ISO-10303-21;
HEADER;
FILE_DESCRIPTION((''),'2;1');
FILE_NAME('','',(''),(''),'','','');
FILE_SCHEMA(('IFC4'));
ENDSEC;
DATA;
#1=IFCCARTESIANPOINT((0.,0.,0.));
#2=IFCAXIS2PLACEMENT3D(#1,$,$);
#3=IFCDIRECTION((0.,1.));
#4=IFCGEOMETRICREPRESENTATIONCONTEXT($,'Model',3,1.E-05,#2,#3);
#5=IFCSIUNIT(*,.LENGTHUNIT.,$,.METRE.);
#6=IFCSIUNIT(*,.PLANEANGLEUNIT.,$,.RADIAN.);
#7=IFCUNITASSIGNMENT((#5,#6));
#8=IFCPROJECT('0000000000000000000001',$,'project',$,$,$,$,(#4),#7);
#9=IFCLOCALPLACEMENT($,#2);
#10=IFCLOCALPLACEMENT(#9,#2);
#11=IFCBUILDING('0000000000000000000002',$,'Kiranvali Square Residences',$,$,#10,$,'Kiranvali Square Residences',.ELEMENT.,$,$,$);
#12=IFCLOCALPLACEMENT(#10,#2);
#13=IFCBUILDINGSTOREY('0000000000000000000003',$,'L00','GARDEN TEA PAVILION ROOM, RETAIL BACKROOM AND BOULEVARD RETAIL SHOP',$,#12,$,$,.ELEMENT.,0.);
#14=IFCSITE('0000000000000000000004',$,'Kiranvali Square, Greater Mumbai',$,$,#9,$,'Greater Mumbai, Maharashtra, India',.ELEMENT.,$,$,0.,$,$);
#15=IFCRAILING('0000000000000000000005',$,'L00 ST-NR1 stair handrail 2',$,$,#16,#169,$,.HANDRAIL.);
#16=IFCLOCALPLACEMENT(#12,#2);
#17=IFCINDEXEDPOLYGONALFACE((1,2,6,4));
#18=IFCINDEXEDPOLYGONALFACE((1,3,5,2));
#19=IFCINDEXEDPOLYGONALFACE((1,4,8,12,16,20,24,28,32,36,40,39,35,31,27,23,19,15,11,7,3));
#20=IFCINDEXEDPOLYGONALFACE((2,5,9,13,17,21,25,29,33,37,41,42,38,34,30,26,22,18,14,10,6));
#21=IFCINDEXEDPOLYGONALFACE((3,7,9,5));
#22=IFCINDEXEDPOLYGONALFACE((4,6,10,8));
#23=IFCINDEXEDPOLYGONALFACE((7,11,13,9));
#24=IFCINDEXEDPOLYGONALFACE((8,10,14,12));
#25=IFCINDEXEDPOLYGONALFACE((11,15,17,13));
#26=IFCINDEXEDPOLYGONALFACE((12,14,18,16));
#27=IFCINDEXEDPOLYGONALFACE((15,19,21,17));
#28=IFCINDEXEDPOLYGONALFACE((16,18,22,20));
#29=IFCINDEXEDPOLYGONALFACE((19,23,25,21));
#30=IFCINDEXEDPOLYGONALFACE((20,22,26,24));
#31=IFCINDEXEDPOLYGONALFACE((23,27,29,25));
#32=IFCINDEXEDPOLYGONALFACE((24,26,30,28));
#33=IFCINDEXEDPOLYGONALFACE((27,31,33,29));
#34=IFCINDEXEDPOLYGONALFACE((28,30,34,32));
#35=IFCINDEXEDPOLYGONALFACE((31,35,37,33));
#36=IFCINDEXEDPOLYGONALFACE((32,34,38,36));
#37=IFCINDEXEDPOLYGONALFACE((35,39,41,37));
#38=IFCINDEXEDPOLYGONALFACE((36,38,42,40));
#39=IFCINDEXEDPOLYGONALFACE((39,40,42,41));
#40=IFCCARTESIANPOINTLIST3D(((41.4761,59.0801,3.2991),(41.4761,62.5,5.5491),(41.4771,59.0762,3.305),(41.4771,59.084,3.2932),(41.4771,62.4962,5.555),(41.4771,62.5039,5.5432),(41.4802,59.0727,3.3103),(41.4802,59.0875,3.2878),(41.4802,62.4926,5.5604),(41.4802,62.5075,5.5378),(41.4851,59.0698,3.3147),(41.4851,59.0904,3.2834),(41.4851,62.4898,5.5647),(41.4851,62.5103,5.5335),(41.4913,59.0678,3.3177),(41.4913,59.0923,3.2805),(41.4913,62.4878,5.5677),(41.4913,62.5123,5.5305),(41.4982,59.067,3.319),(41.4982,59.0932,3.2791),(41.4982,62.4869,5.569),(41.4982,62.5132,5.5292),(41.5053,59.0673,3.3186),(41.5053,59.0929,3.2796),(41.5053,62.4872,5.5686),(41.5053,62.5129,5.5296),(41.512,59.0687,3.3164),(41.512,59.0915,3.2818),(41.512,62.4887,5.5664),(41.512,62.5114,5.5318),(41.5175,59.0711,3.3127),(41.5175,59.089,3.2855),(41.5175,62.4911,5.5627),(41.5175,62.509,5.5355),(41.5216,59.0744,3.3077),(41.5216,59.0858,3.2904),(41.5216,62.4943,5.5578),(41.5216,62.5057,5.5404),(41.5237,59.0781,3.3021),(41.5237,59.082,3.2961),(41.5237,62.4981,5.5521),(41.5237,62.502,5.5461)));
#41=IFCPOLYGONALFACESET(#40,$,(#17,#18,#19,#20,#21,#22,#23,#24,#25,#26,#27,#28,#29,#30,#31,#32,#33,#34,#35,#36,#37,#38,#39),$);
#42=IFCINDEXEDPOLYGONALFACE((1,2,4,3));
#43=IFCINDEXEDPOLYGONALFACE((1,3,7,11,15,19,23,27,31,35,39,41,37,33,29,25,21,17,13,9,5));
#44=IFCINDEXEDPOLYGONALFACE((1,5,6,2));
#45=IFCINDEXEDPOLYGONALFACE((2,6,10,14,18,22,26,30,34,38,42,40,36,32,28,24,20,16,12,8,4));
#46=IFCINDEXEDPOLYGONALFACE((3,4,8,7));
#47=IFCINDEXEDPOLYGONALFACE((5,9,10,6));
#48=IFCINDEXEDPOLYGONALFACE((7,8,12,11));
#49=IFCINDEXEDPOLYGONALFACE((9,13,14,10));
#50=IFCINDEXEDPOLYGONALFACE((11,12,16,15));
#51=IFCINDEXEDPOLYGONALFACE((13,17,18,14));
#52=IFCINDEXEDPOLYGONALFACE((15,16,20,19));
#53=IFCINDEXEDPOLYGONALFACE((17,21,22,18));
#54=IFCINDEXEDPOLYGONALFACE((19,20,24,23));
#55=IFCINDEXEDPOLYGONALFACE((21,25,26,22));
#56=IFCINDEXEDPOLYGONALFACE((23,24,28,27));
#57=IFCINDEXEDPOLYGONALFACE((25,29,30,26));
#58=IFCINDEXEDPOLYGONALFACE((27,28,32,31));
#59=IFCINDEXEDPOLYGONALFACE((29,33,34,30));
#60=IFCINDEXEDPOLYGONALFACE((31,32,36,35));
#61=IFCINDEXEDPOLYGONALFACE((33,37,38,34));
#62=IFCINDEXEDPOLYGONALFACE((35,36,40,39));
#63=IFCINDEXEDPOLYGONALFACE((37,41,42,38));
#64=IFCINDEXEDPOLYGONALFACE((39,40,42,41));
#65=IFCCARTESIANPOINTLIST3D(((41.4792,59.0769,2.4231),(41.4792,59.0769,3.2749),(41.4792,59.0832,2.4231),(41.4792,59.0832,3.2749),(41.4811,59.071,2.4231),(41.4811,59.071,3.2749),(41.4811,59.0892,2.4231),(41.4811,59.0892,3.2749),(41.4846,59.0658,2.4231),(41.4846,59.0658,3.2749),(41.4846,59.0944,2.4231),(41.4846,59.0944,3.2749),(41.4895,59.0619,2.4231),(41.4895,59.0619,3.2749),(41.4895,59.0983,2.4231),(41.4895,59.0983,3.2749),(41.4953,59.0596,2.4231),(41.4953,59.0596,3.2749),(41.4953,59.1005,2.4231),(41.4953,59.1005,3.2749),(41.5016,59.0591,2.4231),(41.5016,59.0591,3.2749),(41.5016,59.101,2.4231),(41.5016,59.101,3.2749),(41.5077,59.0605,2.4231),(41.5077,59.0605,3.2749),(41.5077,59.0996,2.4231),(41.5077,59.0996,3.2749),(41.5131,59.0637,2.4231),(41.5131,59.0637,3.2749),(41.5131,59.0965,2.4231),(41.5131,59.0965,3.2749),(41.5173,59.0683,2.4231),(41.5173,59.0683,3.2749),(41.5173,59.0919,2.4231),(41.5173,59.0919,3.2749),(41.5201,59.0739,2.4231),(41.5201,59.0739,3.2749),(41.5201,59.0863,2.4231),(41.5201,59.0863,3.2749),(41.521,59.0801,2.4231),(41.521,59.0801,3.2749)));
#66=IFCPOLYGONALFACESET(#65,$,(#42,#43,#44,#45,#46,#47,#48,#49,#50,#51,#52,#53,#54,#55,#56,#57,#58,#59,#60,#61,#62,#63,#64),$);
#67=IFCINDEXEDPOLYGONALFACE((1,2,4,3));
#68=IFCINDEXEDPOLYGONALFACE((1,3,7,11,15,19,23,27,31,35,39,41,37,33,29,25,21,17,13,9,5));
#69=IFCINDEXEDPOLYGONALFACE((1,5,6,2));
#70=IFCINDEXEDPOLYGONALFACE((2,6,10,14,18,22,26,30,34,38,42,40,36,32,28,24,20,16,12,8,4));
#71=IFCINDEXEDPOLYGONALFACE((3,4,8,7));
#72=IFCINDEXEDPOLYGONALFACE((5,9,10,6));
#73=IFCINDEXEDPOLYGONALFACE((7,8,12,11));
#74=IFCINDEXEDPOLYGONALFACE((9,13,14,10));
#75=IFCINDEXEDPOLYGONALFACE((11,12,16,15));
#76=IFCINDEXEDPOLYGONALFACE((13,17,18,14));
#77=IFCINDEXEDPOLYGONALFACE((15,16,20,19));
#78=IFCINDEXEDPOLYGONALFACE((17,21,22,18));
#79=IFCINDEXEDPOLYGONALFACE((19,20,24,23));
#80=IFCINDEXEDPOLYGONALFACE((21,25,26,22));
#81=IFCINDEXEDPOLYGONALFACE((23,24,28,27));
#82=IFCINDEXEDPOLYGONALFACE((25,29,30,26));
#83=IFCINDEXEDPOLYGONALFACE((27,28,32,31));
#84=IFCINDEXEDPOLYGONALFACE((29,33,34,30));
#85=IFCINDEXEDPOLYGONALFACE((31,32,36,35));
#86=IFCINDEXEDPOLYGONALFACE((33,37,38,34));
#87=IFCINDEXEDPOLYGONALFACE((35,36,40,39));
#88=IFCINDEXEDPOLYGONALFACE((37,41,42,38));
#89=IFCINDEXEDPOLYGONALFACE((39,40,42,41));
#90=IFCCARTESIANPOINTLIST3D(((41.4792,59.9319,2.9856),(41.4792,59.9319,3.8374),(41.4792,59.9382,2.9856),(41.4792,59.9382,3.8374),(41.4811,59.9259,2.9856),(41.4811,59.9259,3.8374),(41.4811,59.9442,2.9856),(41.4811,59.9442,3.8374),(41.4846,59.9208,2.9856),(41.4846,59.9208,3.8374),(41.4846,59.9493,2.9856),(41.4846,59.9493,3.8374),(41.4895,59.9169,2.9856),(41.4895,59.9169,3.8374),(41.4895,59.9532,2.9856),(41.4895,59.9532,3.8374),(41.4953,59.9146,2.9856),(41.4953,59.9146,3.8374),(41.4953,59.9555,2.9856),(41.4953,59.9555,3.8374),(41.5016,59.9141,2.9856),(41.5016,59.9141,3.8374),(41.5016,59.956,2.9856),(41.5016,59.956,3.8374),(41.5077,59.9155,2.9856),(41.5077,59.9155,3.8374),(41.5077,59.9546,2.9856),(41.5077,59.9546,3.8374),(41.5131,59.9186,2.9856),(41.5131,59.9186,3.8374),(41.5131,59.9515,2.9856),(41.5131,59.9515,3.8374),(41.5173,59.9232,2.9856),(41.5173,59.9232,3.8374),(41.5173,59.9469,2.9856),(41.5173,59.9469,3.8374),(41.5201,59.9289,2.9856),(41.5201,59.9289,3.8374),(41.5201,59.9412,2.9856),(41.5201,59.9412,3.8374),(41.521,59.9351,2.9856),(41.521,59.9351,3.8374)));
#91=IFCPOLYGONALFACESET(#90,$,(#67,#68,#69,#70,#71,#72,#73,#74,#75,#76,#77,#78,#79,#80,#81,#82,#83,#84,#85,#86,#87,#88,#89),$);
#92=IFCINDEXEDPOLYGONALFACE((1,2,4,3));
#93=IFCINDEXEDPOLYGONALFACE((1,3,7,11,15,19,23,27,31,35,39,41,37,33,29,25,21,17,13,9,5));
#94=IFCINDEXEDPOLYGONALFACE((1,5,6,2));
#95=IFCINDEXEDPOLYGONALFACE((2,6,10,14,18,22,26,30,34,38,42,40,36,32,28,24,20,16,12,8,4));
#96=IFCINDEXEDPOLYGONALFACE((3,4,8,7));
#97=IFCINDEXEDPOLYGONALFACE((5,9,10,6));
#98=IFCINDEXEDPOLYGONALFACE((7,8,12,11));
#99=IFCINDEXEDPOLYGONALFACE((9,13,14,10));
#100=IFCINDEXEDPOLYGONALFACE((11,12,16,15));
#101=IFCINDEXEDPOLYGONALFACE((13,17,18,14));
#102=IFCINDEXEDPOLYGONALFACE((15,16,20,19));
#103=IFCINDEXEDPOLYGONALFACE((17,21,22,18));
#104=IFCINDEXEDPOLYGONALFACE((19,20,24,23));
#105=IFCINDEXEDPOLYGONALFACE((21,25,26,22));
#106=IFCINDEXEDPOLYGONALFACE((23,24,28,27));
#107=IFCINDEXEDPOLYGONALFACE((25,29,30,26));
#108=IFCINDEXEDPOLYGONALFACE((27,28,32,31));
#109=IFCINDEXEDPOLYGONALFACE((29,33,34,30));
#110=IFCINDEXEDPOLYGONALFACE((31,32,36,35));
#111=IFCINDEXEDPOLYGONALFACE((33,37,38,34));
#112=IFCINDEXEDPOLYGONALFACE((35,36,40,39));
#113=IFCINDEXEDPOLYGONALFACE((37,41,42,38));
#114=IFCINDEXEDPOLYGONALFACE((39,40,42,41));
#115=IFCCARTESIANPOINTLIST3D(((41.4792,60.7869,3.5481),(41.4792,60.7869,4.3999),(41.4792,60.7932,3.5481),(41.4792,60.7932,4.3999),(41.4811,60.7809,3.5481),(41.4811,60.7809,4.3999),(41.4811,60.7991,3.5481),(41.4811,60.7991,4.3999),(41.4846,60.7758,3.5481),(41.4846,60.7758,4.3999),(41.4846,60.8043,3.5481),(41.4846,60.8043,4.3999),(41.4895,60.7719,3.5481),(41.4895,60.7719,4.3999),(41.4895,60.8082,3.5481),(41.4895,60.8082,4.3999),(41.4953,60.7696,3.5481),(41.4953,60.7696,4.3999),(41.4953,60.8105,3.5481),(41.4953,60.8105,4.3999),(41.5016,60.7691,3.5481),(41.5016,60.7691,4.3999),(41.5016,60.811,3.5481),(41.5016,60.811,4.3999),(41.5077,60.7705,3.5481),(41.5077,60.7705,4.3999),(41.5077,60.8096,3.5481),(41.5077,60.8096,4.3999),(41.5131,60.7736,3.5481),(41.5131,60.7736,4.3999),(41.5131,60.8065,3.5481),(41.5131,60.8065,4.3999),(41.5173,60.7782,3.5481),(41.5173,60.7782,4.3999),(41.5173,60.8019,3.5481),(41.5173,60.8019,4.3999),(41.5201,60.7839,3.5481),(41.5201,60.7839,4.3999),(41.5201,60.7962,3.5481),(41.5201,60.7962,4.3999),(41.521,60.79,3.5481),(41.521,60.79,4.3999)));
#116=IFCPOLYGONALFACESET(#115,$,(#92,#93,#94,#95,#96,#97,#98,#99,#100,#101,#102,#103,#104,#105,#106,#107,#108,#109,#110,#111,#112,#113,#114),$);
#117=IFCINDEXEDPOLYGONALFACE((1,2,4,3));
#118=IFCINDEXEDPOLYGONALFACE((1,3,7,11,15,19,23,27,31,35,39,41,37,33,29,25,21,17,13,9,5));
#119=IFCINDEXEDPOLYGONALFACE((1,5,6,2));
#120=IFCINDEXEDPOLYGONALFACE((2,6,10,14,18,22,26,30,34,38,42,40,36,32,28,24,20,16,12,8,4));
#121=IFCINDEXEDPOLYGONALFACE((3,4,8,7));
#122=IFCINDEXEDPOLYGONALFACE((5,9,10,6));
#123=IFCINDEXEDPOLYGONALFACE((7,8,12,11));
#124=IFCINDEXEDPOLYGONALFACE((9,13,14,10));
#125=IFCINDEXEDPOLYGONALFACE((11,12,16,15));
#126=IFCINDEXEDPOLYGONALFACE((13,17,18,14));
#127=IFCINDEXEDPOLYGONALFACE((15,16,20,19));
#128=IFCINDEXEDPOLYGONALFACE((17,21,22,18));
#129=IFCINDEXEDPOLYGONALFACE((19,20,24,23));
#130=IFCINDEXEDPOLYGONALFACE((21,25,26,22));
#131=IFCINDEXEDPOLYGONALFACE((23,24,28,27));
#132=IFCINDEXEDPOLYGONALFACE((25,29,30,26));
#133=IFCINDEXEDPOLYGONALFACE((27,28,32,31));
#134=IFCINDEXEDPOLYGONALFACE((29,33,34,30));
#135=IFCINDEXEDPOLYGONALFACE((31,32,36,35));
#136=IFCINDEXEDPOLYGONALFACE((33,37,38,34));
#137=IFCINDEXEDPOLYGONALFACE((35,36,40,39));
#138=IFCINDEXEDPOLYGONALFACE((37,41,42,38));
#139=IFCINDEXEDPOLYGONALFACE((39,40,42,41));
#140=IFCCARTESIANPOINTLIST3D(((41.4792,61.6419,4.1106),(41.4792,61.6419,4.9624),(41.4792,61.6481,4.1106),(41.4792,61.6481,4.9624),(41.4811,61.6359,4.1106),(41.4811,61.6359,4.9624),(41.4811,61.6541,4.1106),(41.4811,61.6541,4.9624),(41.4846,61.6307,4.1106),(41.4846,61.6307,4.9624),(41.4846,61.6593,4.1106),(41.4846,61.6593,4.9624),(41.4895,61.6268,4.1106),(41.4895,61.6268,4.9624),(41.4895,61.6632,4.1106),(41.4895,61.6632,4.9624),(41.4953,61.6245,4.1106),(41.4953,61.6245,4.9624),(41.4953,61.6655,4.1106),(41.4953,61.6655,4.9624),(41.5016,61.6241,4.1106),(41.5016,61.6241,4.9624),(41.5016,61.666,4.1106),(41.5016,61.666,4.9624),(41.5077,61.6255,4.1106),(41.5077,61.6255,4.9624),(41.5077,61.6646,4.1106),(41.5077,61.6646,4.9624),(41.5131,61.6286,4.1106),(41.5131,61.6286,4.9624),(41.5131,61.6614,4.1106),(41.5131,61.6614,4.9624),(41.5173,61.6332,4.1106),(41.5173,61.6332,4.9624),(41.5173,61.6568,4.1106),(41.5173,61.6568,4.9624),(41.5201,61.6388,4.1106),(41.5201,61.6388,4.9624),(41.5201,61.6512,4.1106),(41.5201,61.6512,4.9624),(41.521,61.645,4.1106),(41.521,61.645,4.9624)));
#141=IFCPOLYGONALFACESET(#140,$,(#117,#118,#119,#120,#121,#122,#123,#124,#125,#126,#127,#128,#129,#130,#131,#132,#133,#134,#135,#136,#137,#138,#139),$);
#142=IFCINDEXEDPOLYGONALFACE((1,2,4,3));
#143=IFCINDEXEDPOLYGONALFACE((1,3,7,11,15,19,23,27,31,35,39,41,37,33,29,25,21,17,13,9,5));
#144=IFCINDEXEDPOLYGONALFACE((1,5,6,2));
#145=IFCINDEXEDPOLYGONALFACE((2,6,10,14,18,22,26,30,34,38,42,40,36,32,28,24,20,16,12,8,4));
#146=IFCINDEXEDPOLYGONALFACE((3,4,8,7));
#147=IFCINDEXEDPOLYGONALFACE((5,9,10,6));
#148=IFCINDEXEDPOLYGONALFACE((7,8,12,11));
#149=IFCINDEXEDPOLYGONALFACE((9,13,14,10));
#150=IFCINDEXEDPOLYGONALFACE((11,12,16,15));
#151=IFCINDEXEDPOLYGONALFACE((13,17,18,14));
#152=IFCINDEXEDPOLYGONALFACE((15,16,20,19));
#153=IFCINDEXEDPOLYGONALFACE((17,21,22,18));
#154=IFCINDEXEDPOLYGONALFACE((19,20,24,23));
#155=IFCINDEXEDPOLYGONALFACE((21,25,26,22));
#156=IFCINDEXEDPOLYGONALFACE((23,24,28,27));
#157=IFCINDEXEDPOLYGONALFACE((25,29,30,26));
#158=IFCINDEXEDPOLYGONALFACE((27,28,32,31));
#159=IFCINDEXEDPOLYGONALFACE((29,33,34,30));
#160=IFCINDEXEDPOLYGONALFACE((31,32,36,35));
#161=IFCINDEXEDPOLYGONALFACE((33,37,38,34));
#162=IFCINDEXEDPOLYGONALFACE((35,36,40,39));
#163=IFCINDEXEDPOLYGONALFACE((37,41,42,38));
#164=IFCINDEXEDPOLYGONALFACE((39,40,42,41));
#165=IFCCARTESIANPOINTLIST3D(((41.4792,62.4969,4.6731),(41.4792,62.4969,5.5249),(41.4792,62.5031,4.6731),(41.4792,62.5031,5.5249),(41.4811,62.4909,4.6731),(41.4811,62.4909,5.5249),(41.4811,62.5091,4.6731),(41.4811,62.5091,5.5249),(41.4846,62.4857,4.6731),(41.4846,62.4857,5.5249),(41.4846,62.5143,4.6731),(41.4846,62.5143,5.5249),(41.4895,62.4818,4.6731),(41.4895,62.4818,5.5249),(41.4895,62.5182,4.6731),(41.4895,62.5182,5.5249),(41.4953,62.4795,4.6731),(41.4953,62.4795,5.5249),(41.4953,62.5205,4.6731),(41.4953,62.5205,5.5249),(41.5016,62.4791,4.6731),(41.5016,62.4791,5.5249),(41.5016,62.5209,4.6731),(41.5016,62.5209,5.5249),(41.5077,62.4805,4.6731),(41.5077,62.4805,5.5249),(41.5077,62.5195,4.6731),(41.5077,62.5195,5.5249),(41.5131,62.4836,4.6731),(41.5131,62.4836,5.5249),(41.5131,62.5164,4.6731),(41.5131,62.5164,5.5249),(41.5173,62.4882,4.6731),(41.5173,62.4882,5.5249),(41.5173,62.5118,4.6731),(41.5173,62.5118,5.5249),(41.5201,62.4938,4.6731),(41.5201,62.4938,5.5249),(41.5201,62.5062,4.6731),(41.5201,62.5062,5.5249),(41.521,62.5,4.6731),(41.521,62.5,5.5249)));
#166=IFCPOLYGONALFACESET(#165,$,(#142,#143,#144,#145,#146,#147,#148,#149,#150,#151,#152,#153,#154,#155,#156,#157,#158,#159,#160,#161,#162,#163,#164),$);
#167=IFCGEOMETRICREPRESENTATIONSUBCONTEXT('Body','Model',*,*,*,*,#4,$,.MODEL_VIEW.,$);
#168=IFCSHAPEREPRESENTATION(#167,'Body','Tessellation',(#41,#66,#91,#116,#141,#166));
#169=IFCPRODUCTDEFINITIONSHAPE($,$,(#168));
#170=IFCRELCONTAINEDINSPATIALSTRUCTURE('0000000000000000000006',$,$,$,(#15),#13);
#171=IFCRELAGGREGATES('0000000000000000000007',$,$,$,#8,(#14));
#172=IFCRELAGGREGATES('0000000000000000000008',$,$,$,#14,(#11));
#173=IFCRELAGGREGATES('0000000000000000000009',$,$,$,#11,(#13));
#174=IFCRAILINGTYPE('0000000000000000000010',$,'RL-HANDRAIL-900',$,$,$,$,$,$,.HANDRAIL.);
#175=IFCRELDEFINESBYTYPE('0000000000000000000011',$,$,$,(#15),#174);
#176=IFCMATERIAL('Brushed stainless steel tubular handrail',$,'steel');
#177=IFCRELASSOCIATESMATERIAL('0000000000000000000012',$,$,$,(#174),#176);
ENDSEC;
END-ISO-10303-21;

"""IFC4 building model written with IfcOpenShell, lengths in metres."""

from ifc_helpers import new_model, si_unit, direction, frame, origin, origin_2d, place, context, subcontext, project, spatial, circle, extrude, material, type_object, element, save


model = new_model("IFC4")

# Units and contexts
model_context = context("Model", 3, precision=1e-05, world=origin(), true_north=direction((0.0, 1.0)))
body_context = subcontext(model_context, "Body", "Model", "MODEL_VIEW")
ifc_project = project(units=[si_unit("LENGTHUNIT", "METRE"), si_unit("PLANEANGLEUNIT", "RADIAN")], contexts=[model_context])

# Site, building, storey
site_placement = place(None, origin())
site = spatial("IfcSite", under=ifc_project, at=site_placement, Name="Kiranvali Square, Greater Mumbai", LongName="Greater Mumbai, Maharashtra, India", CompositionType="ELEMENT", RefElevation=0.0)
building_placement = place(site_placement, origin())
building = spatial("IfcBuilding", under=site, at=building_placement, Name="Kiranvali Square Residences", LongName="Kiranvali Square Residences", CompositionType="ELEMENT")
storey_placement = place(building_placement, origin())
storey = spatial("IfcBuildingStorey", under=building, at=storey_placement, Name="L00", Description="GARDEN TEA PAVILION ROOM, RETAIL BACKROOM AND BOULEVARD RETAIL SHOP", CompositionType="ELEMENT", Elevation=0.0)

# Railing
ifc_material_1 = material(Name="Brushed stainless steel tubular handrail", Category="steel")
railing_type_1 = type_object("IfcRailingType", Name="RL-HANDRAIL-900", PredefinedType="HANDRAIL", material=ifc_material_1)
railing_1_placement = place(storey_placement, frame((41.5, 59.0801, 2.4231)))
element("IfcRailing", 1, at=railing_1_placement, inside=storey, type_object=railing_type_1, Name="L00 ST-NR1 stair handrail 2", PredefinedType="HANDRAIL", context=body_context, shape_type="SweptSolid", body=[
    extrude(circle(Radius=0.0239, at=origin_2d()), frame((0.0, 0.0, 0.876), z_axis=(0.0, 0.835411, 0.549625), x_axis=(-1.0, 0.0, 0.0)), (0.0, 0.0, 1.0), 4.0938),
    extrude(circle(Radius=0.021, at=origin_2d()), origin(), (0.0, 0.0, 1.0), 0.8518),
    extrude(circle(Radius=0.021, at=origin_2d()), frame((0.0, 0.855, 0.5625)), (0.0, 0.0, 1.0), 0.8518),
    extrude(circle(Radius=0.021, at=origin_2d()), frame((0.0, 1.71, 1.125)), (0.0, 0.0, 1.0), 0.8518),
    extrude(circle(Radius=0.021, at=origin_2d()), frame((0.0, 2.5649, 1.6875)), (0.0, 0.0, 1.0), 0.8518),
    extrude(circle(Radius=0.021, at=origin_2d()), frame((0.0, 3.4199, 2.25)), (0.0, 0.0, 1.0), 0.8518),
])

save(model, "model.ifc")
